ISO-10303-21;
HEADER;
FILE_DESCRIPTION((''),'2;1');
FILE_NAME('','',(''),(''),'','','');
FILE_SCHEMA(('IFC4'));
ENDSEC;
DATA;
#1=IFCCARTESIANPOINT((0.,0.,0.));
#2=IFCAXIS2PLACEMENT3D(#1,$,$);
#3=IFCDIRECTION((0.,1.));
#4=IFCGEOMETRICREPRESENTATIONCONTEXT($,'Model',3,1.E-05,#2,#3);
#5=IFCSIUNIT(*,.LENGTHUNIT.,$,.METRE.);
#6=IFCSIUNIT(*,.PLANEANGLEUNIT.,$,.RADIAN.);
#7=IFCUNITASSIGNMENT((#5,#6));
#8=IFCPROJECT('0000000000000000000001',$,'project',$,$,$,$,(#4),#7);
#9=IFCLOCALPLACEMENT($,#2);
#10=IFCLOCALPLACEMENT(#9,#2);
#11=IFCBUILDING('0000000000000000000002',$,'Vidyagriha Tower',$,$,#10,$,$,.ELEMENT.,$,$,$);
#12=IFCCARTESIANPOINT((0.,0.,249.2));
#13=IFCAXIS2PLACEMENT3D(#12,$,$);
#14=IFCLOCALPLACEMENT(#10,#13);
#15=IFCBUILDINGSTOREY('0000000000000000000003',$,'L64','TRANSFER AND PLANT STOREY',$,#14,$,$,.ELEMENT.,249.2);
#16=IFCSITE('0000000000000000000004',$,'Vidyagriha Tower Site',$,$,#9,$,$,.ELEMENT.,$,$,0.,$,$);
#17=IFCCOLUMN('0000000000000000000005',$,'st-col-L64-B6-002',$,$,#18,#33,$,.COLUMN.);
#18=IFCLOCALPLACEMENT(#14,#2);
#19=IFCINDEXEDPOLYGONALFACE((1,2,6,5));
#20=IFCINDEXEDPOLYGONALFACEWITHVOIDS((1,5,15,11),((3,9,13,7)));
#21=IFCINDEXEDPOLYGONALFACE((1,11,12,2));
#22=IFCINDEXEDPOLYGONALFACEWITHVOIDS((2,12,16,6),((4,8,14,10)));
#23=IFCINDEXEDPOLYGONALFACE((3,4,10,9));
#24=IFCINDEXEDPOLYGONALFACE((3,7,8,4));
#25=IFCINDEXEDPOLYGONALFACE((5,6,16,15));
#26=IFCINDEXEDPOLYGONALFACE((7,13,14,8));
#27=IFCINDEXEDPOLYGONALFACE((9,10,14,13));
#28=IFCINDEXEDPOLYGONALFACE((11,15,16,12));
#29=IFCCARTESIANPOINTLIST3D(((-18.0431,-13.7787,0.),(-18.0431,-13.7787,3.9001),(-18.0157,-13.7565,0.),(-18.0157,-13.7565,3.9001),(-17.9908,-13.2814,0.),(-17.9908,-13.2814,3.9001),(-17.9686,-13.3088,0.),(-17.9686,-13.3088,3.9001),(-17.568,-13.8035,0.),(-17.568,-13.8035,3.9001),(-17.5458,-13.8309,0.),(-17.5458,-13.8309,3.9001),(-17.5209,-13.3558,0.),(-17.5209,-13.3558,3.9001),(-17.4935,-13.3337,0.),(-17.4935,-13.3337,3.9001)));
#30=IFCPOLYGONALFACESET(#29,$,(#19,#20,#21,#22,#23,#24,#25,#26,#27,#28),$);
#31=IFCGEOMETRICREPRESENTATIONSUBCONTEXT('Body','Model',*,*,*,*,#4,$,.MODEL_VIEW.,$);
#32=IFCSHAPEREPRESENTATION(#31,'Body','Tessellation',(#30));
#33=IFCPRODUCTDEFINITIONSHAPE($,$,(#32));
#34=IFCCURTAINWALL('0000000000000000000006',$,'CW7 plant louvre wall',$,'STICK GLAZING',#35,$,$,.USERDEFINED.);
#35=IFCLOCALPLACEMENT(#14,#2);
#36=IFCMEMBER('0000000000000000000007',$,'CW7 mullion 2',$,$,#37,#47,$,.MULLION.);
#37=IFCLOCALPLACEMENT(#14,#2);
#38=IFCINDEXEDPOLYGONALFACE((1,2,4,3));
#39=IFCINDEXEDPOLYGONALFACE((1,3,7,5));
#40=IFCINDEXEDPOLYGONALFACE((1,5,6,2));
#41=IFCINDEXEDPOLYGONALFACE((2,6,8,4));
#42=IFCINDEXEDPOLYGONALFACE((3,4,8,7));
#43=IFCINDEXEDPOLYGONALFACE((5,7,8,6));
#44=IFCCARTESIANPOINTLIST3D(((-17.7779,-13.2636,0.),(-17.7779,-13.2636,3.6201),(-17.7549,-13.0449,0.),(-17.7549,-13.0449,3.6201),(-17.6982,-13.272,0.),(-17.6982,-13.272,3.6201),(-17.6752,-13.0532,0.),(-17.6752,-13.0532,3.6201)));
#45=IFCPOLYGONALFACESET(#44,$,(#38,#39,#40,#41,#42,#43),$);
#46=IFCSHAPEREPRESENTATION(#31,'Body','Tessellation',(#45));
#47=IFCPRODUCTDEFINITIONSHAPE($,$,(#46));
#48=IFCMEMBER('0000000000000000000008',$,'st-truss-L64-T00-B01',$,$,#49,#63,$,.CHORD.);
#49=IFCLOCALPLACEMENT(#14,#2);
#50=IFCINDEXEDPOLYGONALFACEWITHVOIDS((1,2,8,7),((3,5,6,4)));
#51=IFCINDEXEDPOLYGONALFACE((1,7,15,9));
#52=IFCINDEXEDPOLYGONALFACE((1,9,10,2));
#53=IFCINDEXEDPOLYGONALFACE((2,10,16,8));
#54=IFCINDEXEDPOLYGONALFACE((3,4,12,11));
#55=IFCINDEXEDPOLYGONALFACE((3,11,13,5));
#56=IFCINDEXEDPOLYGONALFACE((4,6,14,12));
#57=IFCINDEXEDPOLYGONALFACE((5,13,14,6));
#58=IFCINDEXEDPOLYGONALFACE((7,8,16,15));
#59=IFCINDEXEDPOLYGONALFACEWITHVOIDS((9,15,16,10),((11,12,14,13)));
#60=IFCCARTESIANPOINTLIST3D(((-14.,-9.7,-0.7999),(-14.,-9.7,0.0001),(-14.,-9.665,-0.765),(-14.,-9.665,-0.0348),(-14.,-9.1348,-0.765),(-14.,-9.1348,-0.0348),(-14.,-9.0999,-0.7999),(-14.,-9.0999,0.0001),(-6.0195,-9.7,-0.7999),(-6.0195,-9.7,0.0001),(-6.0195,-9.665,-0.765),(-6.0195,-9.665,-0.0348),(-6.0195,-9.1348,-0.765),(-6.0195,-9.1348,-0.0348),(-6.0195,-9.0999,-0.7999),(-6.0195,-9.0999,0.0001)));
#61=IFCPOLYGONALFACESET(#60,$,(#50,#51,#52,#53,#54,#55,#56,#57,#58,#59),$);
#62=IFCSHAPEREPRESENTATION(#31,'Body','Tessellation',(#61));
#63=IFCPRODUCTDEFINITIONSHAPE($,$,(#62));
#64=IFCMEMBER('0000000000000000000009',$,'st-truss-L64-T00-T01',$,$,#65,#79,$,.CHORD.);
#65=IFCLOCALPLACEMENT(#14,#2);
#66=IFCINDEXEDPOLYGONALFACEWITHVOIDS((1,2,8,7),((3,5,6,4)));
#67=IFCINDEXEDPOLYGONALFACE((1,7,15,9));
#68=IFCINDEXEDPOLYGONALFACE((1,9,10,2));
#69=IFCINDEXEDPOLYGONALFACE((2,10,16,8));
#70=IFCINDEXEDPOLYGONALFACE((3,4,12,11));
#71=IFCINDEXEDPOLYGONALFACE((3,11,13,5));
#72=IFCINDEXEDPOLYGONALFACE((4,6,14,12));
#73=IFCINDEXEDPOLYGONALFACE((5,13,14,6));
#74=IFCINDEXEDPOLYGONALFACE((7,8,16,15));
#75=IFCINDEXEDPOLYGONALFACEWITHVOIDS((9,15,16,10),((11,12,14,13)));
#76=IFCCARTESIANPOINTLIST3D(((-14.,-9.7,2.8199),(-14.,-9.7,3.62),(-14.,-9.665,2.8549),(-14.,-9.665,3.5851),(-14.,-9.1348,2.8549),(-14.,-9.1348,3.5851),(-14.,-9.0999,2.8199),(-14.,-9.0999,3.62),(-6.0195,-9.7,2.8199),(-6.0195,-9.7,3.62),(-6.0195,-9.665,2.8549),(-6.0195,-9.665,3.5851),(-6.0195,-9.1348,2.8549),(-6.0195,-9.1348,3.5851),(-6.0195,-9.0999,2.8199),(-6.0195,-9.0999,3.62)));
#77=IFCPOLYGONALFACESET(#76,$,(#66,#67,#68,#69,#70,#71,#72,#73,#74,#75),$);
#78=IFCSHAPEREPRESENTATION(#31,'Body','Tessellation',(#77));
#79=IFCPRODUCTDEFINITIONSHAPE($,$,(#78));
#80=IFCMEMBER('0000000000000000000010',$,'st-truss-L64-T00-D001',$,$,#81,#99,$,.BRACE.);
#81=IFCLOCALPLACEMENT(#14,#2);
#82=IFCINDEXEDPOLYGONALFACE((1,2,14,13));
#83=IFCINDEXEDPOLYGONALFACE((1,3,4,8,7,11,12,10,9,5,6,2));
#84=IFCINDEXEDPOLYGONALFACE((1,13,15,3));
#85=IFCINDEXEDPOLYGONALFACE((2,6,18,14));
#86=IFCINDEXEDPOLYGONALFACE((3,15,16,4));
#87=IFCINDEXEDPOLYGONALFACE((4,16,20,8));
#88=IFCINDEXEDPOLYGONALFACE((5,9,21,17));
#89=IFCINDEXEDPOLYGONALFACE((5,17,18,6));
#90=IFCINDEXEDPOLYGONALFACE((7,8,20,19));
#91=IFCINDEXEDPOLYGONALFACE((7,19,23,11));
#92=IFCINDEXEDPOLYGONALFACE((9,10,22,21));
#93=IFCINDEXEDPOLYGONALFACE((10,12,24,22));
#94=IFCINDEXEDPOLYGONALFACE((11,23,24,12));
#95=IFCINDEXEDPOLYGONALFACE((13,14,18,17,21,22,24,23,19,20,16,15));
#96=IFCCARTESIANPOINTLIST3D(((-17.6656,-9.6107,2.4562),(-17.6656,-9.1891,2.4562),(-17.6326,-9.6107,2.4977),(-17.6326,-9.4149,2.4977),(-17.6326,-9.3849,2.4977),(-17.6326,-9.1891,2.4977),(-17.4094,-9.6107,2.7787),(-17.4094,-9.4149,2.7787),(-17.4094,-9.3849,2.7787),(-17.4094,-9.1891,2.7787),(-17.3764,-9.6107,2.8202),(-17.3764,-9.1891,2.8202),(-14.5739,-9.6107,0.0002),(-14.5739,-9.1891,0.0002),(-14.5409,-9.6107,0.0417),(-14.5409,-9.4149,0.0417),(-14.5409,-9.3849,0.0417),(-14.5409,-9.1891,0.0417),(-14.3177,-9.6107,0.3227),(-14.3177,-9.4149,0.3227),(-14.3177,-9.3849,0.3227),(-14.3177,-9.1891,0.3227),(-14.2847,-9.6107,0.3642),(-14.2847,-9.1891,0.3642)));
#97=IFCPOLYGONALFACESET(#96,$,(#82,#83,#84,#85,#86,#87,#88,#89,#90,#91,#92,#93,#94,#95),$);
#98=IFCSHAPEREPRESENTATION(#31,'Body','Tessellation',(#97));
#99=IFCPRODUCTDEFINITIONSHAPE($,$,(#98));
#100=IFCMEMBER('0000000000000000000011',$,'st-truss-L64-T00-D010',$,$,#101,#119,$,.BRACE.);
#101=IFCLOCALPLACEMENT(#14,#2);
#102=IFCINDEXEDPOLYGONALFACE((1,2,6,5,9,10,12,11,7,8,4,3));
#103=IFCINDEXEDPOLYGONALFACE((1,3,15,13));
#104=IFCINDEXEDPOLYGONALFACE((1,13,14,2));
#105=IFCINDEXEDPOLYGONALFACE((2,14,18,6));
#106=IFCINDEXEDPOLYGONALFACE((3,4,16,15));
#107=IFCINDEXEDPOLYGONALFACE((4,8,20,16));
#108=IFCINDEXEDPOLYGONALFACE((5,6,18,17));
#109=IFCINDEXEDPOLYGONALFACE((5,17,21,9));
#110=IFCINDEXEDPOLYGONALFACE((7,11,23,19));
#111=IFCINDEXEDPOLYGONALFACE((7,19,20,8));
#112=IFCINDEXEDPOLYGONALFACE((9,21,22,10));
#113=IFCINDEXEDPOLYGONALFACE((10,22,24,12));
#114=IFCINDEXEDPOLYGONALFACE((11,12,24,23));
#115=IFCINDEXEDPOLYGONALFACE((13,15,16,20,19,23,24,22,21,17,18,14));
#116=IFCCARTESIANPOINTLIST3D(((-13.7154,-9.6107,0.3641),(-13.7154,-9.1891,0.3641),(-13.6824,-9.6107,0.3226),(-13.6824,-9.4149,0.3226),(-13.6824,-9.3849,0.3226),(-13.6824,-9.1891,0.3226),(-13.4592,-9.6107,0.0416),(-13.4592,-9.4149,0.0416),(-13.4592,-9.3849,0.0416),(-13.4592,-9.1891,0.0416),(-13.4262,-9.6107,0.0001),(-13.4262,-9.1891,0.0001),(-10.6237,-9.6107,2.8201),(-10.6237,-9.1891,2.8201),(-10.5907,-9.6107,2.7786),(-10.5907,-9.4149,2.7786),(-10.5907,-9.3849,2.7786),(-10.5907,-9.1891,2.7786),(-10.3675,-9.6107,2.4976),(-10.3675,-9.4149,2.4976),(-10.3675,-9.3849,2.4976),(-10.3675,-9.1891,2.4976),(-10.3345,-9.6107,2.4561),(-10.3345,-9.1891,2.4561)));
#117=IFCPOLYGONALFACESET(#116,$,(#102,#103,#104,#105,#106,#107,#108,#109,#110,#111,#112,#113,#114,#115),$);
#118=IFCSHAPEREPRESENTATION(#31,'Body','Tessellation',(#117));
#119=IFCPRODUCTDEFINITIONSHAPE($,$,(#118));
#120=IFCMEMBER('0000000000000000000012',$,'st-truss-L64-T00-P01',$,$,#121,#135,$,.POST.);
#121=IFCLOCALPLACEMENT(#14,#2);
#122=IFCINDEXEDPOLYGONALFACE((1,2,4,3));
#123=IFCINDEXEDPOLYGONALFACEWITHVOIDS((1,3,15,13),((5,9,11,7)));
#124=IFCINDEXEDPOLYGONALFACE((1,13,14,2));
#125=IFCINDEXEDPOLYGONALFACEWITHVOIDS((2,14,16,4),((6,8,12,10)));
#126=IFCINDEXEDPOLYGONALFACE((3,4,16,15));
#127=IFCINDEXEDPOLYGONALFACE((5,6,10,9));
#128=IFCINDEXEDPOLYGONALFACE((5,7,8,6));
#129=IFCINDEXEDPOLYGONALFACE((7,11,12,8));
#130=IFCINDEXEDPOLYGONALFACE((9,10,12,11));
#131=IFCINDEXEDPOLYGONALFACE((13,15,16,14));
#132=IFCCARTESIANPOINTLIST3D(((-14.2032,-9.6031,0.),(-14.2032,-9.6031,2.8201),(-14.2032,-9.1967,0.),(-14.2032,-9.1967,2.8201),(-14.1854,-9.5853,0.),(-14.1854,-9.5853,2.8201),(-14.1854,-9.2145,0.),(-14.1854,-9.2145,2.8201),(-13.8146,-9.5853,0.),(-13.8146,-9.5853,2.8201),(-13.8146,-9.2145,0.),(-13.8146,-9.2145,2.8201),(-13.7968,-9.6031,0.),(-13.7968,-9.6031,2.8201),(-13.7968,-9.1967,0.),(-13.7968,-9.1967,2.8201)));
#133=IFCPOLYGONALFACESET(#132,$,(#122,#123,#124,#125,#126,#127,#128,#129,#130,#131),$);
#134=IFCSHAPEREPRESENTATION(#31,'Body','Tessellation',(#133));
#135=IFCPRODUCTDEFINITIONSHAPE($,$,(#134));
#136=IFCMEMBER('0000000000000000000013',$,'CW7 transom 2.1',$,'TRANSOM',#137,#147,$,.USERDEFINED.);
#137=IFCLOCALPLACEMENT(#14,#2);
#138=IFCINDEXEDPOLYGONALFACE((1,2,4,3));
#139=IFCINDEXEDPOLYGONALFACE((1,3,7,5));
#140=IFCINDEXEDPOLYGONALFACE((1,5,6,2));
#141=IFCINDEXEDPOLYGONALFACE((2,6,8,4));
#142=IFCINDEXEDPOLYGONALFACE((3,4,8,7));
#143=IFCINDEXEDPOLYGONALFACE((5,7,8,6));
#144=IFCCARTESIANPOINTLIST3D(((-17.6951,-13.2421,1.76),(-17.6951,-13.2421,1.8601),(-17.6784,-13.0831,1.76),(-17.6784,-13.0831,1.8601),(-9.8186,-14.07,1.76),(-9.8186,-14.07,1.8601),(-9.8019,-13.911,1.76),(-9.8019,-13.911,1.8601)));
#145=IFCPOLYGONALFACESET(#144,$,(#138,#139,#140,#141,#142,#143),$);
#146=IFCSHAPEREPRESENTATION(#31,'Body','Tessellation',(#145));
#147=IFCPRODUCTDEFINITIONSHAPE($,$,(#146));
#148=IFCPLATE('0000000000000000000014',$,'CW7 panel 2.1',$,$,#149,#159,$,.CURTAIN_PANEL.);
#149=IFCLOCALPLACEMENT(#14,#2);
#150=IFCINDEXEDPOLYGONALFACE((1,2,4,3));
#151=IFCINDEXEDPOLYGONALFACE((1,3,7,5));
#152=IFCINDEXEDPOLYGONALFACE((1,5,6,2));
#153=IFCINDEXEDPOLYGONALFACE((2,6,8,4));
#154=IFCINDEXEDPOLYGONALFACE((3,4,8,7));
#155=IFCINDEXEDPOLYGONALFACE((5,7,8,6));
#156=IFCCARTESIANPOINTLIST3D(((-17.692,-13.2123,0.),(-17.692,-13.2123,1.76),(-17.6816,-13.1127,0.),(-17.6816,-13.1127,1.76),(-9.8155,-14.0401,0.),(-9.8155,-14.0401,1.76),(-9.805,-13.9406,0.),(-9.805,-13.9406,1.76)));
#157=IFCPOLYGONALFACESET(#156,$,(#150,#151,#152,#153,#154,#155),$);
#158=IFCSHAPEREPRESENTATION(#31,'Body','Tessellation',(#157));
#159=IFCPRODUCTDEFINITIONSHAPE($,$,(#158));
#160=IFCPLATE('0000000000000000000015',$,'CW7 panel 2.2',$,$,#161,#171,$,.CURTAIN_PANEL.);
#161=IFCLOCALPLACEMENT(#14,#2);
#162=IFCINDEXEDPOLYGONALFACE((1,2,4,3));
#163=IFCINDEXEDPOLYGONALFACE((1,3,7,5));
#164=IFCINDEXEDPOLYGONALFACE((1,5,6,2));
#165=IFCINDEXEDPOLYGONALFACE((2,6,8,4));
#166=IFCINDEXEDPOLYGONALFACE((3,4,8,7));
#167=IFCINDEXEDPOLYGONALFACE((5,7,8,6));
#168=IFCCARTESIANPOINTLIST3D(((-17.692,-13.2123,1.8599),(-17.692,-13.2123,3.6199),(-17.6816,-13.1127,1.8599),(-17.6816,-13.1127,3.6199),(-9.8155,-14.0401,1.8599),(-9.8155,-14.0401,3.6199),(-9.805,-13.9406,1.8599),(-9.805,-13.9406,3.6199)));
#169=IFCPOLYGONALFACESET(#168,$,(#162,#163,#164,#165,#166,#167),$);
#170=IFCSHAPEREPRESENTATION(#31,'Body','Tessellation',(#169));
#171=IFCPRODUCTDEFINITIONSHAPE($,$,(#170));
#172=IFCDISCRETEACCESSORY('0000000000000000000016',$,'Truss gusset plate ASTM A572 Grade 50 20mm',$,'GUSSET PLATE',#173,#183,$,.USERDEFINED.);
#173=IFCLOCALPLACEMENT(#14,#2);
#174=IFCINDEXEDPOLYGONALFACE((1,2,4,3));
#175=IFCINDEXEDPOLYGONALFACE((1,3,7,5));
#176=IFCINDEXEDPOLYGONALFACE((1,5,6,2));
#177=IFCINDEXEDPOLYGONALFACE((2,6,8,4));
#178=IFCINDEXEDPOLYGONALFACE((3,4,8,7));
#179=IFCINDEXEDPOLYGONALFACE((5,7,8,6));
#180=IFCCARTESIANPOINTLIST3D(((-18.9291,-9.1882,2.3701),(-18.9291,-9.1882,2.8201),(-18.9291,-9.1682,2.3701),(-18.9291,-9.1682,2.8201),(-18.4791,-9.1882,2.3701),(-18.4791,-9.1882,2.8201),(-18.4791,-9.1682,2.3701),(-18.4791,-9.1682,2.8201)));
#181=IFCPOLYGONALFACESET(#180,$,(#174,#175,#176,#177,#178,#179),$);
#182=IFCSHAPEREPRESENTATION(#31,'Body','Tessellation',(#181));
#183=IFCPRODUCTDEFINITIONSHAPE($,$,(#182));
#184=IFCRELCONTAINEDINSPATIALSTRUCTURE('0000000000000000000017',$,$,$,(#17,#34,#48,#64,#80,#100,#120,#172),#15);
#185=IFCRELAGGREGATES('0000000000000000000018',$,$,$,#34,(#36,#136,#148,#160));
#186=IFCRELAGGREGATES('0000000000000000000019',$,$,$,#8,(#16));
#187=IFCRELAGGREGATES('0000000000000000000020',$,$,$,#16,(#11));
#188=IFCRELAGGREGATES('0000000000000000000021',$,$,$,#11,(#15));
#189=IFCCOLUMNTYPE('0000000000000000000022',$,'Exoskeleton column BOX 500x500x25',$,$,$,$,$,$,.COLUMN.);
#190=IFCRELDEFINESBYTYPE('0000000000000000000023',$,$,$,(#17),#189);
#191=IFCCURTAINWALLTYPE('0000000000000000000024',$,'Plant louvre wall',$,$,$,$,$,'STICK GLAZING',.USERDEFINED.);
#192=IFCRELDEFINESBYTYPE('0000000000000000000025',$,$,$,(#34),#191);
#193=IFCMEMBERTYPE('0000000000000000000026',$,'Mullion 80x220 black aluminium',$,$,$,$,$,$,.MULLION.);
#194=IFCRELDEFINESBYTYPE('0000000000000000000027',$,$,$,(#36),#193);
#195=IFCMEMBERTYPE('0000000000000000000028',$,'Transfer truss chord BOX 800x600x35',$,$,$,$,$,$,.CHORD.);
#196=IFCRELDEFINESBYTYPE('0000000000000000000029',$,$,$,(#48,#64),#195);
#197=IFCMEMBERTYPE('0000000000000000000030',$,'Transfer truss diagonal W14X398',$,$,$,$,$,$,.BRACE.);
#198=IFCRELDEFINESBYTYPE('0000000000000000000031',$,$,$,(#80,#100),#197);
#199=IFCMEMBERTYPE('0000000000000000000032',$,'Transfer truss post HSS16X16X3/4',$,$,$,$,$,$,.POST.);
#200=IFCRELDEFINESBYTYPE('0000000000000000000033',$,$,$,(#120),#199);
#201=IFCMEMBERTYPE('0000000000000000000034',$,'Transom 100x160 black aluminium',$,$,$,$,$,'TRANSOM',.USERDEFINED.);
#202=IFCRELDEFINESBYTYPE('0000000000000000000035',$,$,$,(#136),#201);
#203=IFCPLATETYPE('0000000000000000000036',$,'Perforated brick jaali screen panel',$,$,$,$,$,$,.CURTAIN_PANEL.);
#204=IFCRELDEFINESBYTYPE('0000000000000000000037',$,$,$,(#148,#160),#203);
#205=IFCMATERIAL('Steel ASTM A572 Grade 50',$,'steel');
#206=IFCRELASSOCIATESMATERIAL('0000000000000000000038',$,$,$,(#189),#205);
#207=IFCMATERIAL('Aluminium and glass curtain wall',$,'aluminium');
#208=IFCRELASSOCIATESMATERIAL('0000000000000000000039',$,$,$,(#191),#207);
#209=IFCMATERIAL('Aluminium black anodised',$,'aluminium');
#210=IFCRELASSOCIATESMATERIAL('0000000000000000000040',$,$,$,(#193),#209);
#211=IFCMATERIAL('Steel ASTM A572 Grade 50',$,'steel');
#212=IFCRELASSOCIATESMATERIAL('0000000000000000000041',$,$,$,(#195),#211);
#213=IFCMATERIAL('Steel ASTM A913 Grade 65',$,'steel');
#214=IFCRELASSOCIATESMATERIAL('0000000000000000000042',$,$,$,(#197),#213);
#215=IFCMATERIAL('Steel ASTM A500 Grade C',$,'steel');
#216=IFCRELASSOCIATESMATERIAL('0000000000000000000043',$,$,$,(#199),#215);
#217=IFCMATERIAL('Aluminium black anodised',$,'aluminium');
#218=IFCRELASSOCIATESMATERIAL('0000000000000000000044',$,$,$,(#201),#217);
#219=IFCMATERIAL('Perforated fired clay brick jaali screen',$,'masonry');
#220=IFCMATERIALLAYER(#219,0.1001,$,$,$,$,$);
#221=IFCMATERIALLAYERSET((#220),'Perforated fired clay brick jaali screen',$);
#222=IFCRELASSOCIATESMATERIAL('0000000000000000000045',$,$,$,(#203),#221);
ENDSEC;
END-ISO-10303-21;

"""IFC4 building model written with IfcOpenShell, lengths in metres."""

from ifc_helpers import new_model, si_unit, direction, frame, origin, origin_2d, place, context, subcontext, project, spatial, rectangle, hollow_rectangle, i_section, extrude, material, layer, layer_set, material_profile, profile_set, type_object, element, aggregate, save


model = new_model("IFC4")

# Units and contexts
model_context = context("Model", 3, precision=1e-05, world=origin(), true_north=direction((0.0, 1.0)))
body_context = subcontext(model_context, "Body", "Model", "MODEL_VIEW")
ifc_project = project(units=[si_unit("LENGTHUNIT", "METRE"), si_unit("PLANEANGLEUNIT", "RADIAN")], contexts=[model_context])

# Site, building, storey
site_placement = place(None, origin())
site = spatial("IfcSite", under=ifc_project, at=site_placement, Name="Vidyagriha Tower Site", CompositionType="ELEMENT", RefElevation=0.0)
building_placement = place(site_placement, origin())
building = spatial("IfcBuilding", under=site, at=building_placement, Name="Vidyagriha Tower", CompositionType="ELEMENT")
storey_placement = place(building_placement, frame((0.0, 0.0, 249.2)))
storey = spatial("IfcBuildingStorey", under=building, at=storey_placement, Name="L64", Description="TRANSFER AND PLANT STOREY", CompositionType="ELEMENT", Elevation=249.2)

# Column
ifc_material_1 = material(Name="Steel ASTM A572 Grade 50", Category="steel")
ifc_material_profile_1 = material_profile(ifc_material_1, hollow_rectangle(XDim=0.5, YDim=0.5, WallThickness=0.0249, at=origin_2d()), Name="BOX 500x500x25")
ifc_profile_set_1 = profile_set([ifc_material_profile_1], Name="Steel ASTM A572 Grade 50")
column_type = type_object("IfcColumnType", Name="Exoskeleton column BOX 500x500x25", PredefinedType="COLUMN", material=ifc_profile_set_1)
column_placement = place(storey_placement, frame((-17.7683, -13.5562, 0.0), z_axis=(0.0, 0.0, 1.0), x_axis=(0.994522, -0.104528, 0.0)))
element("IfcColumn", 1, at=column_placement, inside=storey, type_object=column_type, Name="st-col-L64-B6-002", PredefinedType="COLUMN", context=body_context, shape_type="SweptSolid", body=[
    extrude(hollow_rectangle(XDim=0.5, YDim=0.5, WallThickness=0.0249, at=origin_2d()), origin(), (0.0, 0.0, 1.0), 3.9001),
])

# Curtain wall, member
ifc_material_2 = material(Name="Aluminium and glass curtain wall", Category="aluminium")
curtain_wall_type = type_object("IfcCurtainWallType", Name="Plant louvre wall", ElementType="STICK GLAZING", PredefinedType="USERDEFINED", material=ifc_material_2)
curtain_wall_placement = place(storey_placement, origin())
curtain_wall = element("IfcCurtainWall", 2, at=curtain_wall_placement, inside=storey, type_object=curtain_wall_type, Name="CW7 plant louvre wall", ObjectType="STICK GLAZING", PredefinedType="USERDEFINED")
ifc_material_3 = material(Name="Aluminium black anodised", Category="aluminium")
ifc_material_profile_2 = material_profile(ifc_material_3, rectangle(XDim=0.22, YDim=0.0801, at=origin_2d()), Name="Mullion 80x220 black aluminium")
ifc_profile_set_2 = profile_set([ifc_material_profile_2], Name="Aluminium black anodised")
member_type_1 = type_object("IfcMemberType", Name="Mullion 80x220 black aluminium", PredefinedType="MULLION", material=ifc_profile_set_2)
member_1_placement = place(storey_placement, frame((-17.7266, -13.1584, 0.0), z_axis=(0.0, 0.0, 1.0), x_axis=(0.104527, 0.994522, 0.0)))
member_1 = element("IfcMember", 3, at=member_1_placement, type_object=member_type_1, Name="CW7 mullion 2", PredefinedType="MULLION", context=body_context, shape_type="SweptSolid", body=[
    extrude(rectangle(XDim=0.22, YDim=0.0801, at=origin_2d()), origin(), (0.0, 0.0, 1.0), 3.6201),
])

# Members
ifc_material_4 = material(Name="Steel ASTM A572 Grade 50", Category="steel")
ifc_material_profile_3 = material_profile(ifc_material_4, hollow_rectangle(XDim=0.6001, YDim=0.8, WallThickness=0.0349, at=origin_2d()), Name="BOX 800x600x35")
ifc_profile_set_3 = profile_set([ifc_material_profile_3], Name="Steel ASTM A572 Grade 50")
member_type_2 = type_object("IfcMemberType", Name="Transfer truss chord BOX 800x600x35", PredefinedType="CHORD", material=ifc_profile_set_3)
for number, where, z_axis, x_axis, name in (
    (4, (-14.0, -9.3999, -0.3999), (1.0, 0.0, 0.0), (0.0, 1.0, 0.0), "st-truss-L64-T00-B01"),
    (5, (-14.0, -9.3999, 3.22), (1.0, 0.0, 0.0), (0.0, 1.0, 0.0), "st-truss-L64-T00-T01"),
):
    element("IfcMember", number, at=place(storey_placement, frame(where, z_axis=z_axis, x_axis=x_axis)), inside=storey, type_object=member_type_2, Name=name, PredefinedType="CHORD", context=body_context, shape_type="SweptSolid", body=[
        extrude(hollow_rectangle(XDim=0.6001, YDim=0.8, WallThickness=0.0349, at=origin_2d()), origin(), (0.0, 0.0, 1.0), 7.9805),
    ])
ifc_material_5 = material(Name="Steel ASTM A913 Grade 65", Category="steel")
ifc_material_profile_4 = material_profile(ifc_material_5, i_section(OverallWidth=0.4216, OverallDepth=0.4648, WebThickness=0.03, FlangeThickness=0.053, at=origin_2d()), Name="W14X398")
ifc_profile_set_4 = profile_set([ifc_material_profile_4], Name="Steel ASTM A913 Grade 65")
member_type_3 = type_object("IfcMemberType", Name="Transfer truss diagonal W14X398", PredefinedType="BRACE", material=ifc_profile_set_4)
for number, where, z_axis, x_axis, name in (
    (6, (-17.521, -9.3999, 2.6382), (0.783012, 0.0, -0.622007), (0.0, 1.0, 0.0), "st-truss-L64-T00-D001"),
    (7, (-13.5708, -9.3999, 0.1821), (0.783012, 0.0, 0.622007), (0.0, 1.0, 0.0), "st-truss-L64-T00-D010"),
):
    element("IfcMember", number, at=place(storey_placement, frame(where, z_axis=z_axis, x_axis=x_axis)), inside=storey, type_object=member_type_3, Name=name, PredefinedType="BRACE", context=body_context, shape_type="SweptSolid", body=[
        extrude(i_section(OverallWidth=0.4216, OverallDepth=0.4648, WebThickness=0.03, FlangeThickness=0.053, at=origin_2d()), origin(), (0.0, 0.0, 1.0), 3.9485),
    ])
ifc_material_6 = material(Name="Steel ASTM A500 Grade C", Category="steel")
ifc_material_profile_5 = material_profile(ifc_material_6, hollow_rectangle(XDim=0.4065, YDim=0.4065, WallThickness=0.0178, at=origin_2d()), Name="HSS16X16X3/4")
ifc_profile_set_5 = profile_set([ifc_material_profile_5], Name="Steel ASTM A500 Grade C")
member_type_4 = type_object("IfcMemberType", Name="Transfer truss post HSS16X16X3/4", PredefinedType="POST", material=ifc_profile_set_5)
member_2_placement = place(storey_placement, frame((-14.0, -9.3999, 0.0)))
element("IfcMember", 8, at=member_2_placement, inside=storey, type_object=member_type_4, Name="st-truss-L64-T00-P01", PredefinedType="POST", context=body_context, shape_type="SweptSolid", body=[
    extrude(hollow_rectangle(XDim=0.4065, YDim=0.4065, WallThickness=0.0178, at=origin_2d()), origin(), (0.0, 0.0, 1.0), 2.8201),
])

# Member
ifc_material_7 = material(Name="Aluminium black anodised", Category="aluminium")
ifc_material_profile_6 = material_profile(ifc_material_7, rectangle(XDim=0.1599, YDim=0.1001, at=origin_2d()), Name="Transom 100x160 black aluminium")
ifc_profile_set_6 = profile_set([ifc_material_profile_6], Name="Aluminium black anodised")
member_type_5 = type_object("IfcMemberType", Name="Transom 100x160 black aluminium", ElementType="TRANSOM", PredefinedType="USERDEFINED", material=ifc_profile_set_6)
member_3_placement = place(storey_placement, frame((-17.6868, -13.1626, 1.8101), z_axis=(0.994521, -0.104532, 0.0), x_axis=(0.104532, 0.994521, 0.0)))
member_3 = element("IfcMember", 9, at=member_3_placement, type_object=member_type_5, Name="CW7 transom 2.1", ObjectType="TRANSOM", PredefinedType="USERDEFINED", context=body_context, shape_type="SweptSolid", body=[
    extrude(rectangle(XDim=0.1599, YDim=0.1001, at=origin_2d()), origin(), (0.0, 0.0, 1.0), 7.9199),
])

# Plates
ifc_material_8 = material(Name="Perforated fired clay brick jaali screen", Category="masonry")
ifc_layer = layer(ifc_material_8, 0.1001)
ifc_layer_set = layer_set([ifc_layer], Name="Perforated fired clay brick jaali screen")
plate_type = type_object("IfcPlateType", Name="Perforated brick jaali screen panel", PredefinedType="CURTAIN_PANEL", material=ifc_layer_set)
plate_1_placement = place(storey_placement, frame((-13.7485, -13.5764, 0.0), z_axis=(0.0, 0.0, 1.0), x_axis=(0.994522, -0.104527, 0.0)))
plate_1 = element("IfcPlate", 10, at=plate_1_placement, type_object=plate_type, Name="CW7 panel 2.1", PredefinedType="CURTAIN_PANEL", context=body_context, shape_type="SweptSolid", body=[
    extrude(rectangle(XDim=7.9199, YDim=0.1001, at=origin_2d()), origin(), (0.0, 0.0, 1.0), 1.76),
])
plate_2_placement = place(storey_placement, frame((-13.7485, -13.5764, 1.8599), z_axis=(0.0, 0.0, 1.0), x_axis=(0.994522, -0.104527, 0.0)))
plate_2 = element("IfcPlate", 11, at=plate_2_placement, type_object=plate_type, Name="CW7 panel 2.2", PredefinedType="CURTAIN_PANEL", context=body_context, shape_type="SweptSolid", body=[
    extrude(rectangle(XDim=7.9199, YDim=0.1001, at=origin_2d()), origin(), (0.0, 0.0, 1.0), 1.76),
])
aggregate(curtain_wall, [member_1, member_3, plate_1, plate_2])

# Discrete accessory
for number, where, name in (
    (12, (-18.7041, -9.1782, 2.3701), "Truss gusset plate ASTM A572 Grade 50 20mm"),
):
    element("IfcDiscreteAccessory", number, at=place(storey_placement, frame(where)), inside=storey, Name=name, ObjectType="GUSSET PLATE", PredefinedType="USERDEFINED", context=body_context, shape_type="SweptSolid", body=[
        extrude(rectangle(XDim=0.45, YDim=0.02, at=origin_2d()), origin(), (0.0, 0.0, 1.0), 0.45),
    ])

save(model, "model.ifc")
